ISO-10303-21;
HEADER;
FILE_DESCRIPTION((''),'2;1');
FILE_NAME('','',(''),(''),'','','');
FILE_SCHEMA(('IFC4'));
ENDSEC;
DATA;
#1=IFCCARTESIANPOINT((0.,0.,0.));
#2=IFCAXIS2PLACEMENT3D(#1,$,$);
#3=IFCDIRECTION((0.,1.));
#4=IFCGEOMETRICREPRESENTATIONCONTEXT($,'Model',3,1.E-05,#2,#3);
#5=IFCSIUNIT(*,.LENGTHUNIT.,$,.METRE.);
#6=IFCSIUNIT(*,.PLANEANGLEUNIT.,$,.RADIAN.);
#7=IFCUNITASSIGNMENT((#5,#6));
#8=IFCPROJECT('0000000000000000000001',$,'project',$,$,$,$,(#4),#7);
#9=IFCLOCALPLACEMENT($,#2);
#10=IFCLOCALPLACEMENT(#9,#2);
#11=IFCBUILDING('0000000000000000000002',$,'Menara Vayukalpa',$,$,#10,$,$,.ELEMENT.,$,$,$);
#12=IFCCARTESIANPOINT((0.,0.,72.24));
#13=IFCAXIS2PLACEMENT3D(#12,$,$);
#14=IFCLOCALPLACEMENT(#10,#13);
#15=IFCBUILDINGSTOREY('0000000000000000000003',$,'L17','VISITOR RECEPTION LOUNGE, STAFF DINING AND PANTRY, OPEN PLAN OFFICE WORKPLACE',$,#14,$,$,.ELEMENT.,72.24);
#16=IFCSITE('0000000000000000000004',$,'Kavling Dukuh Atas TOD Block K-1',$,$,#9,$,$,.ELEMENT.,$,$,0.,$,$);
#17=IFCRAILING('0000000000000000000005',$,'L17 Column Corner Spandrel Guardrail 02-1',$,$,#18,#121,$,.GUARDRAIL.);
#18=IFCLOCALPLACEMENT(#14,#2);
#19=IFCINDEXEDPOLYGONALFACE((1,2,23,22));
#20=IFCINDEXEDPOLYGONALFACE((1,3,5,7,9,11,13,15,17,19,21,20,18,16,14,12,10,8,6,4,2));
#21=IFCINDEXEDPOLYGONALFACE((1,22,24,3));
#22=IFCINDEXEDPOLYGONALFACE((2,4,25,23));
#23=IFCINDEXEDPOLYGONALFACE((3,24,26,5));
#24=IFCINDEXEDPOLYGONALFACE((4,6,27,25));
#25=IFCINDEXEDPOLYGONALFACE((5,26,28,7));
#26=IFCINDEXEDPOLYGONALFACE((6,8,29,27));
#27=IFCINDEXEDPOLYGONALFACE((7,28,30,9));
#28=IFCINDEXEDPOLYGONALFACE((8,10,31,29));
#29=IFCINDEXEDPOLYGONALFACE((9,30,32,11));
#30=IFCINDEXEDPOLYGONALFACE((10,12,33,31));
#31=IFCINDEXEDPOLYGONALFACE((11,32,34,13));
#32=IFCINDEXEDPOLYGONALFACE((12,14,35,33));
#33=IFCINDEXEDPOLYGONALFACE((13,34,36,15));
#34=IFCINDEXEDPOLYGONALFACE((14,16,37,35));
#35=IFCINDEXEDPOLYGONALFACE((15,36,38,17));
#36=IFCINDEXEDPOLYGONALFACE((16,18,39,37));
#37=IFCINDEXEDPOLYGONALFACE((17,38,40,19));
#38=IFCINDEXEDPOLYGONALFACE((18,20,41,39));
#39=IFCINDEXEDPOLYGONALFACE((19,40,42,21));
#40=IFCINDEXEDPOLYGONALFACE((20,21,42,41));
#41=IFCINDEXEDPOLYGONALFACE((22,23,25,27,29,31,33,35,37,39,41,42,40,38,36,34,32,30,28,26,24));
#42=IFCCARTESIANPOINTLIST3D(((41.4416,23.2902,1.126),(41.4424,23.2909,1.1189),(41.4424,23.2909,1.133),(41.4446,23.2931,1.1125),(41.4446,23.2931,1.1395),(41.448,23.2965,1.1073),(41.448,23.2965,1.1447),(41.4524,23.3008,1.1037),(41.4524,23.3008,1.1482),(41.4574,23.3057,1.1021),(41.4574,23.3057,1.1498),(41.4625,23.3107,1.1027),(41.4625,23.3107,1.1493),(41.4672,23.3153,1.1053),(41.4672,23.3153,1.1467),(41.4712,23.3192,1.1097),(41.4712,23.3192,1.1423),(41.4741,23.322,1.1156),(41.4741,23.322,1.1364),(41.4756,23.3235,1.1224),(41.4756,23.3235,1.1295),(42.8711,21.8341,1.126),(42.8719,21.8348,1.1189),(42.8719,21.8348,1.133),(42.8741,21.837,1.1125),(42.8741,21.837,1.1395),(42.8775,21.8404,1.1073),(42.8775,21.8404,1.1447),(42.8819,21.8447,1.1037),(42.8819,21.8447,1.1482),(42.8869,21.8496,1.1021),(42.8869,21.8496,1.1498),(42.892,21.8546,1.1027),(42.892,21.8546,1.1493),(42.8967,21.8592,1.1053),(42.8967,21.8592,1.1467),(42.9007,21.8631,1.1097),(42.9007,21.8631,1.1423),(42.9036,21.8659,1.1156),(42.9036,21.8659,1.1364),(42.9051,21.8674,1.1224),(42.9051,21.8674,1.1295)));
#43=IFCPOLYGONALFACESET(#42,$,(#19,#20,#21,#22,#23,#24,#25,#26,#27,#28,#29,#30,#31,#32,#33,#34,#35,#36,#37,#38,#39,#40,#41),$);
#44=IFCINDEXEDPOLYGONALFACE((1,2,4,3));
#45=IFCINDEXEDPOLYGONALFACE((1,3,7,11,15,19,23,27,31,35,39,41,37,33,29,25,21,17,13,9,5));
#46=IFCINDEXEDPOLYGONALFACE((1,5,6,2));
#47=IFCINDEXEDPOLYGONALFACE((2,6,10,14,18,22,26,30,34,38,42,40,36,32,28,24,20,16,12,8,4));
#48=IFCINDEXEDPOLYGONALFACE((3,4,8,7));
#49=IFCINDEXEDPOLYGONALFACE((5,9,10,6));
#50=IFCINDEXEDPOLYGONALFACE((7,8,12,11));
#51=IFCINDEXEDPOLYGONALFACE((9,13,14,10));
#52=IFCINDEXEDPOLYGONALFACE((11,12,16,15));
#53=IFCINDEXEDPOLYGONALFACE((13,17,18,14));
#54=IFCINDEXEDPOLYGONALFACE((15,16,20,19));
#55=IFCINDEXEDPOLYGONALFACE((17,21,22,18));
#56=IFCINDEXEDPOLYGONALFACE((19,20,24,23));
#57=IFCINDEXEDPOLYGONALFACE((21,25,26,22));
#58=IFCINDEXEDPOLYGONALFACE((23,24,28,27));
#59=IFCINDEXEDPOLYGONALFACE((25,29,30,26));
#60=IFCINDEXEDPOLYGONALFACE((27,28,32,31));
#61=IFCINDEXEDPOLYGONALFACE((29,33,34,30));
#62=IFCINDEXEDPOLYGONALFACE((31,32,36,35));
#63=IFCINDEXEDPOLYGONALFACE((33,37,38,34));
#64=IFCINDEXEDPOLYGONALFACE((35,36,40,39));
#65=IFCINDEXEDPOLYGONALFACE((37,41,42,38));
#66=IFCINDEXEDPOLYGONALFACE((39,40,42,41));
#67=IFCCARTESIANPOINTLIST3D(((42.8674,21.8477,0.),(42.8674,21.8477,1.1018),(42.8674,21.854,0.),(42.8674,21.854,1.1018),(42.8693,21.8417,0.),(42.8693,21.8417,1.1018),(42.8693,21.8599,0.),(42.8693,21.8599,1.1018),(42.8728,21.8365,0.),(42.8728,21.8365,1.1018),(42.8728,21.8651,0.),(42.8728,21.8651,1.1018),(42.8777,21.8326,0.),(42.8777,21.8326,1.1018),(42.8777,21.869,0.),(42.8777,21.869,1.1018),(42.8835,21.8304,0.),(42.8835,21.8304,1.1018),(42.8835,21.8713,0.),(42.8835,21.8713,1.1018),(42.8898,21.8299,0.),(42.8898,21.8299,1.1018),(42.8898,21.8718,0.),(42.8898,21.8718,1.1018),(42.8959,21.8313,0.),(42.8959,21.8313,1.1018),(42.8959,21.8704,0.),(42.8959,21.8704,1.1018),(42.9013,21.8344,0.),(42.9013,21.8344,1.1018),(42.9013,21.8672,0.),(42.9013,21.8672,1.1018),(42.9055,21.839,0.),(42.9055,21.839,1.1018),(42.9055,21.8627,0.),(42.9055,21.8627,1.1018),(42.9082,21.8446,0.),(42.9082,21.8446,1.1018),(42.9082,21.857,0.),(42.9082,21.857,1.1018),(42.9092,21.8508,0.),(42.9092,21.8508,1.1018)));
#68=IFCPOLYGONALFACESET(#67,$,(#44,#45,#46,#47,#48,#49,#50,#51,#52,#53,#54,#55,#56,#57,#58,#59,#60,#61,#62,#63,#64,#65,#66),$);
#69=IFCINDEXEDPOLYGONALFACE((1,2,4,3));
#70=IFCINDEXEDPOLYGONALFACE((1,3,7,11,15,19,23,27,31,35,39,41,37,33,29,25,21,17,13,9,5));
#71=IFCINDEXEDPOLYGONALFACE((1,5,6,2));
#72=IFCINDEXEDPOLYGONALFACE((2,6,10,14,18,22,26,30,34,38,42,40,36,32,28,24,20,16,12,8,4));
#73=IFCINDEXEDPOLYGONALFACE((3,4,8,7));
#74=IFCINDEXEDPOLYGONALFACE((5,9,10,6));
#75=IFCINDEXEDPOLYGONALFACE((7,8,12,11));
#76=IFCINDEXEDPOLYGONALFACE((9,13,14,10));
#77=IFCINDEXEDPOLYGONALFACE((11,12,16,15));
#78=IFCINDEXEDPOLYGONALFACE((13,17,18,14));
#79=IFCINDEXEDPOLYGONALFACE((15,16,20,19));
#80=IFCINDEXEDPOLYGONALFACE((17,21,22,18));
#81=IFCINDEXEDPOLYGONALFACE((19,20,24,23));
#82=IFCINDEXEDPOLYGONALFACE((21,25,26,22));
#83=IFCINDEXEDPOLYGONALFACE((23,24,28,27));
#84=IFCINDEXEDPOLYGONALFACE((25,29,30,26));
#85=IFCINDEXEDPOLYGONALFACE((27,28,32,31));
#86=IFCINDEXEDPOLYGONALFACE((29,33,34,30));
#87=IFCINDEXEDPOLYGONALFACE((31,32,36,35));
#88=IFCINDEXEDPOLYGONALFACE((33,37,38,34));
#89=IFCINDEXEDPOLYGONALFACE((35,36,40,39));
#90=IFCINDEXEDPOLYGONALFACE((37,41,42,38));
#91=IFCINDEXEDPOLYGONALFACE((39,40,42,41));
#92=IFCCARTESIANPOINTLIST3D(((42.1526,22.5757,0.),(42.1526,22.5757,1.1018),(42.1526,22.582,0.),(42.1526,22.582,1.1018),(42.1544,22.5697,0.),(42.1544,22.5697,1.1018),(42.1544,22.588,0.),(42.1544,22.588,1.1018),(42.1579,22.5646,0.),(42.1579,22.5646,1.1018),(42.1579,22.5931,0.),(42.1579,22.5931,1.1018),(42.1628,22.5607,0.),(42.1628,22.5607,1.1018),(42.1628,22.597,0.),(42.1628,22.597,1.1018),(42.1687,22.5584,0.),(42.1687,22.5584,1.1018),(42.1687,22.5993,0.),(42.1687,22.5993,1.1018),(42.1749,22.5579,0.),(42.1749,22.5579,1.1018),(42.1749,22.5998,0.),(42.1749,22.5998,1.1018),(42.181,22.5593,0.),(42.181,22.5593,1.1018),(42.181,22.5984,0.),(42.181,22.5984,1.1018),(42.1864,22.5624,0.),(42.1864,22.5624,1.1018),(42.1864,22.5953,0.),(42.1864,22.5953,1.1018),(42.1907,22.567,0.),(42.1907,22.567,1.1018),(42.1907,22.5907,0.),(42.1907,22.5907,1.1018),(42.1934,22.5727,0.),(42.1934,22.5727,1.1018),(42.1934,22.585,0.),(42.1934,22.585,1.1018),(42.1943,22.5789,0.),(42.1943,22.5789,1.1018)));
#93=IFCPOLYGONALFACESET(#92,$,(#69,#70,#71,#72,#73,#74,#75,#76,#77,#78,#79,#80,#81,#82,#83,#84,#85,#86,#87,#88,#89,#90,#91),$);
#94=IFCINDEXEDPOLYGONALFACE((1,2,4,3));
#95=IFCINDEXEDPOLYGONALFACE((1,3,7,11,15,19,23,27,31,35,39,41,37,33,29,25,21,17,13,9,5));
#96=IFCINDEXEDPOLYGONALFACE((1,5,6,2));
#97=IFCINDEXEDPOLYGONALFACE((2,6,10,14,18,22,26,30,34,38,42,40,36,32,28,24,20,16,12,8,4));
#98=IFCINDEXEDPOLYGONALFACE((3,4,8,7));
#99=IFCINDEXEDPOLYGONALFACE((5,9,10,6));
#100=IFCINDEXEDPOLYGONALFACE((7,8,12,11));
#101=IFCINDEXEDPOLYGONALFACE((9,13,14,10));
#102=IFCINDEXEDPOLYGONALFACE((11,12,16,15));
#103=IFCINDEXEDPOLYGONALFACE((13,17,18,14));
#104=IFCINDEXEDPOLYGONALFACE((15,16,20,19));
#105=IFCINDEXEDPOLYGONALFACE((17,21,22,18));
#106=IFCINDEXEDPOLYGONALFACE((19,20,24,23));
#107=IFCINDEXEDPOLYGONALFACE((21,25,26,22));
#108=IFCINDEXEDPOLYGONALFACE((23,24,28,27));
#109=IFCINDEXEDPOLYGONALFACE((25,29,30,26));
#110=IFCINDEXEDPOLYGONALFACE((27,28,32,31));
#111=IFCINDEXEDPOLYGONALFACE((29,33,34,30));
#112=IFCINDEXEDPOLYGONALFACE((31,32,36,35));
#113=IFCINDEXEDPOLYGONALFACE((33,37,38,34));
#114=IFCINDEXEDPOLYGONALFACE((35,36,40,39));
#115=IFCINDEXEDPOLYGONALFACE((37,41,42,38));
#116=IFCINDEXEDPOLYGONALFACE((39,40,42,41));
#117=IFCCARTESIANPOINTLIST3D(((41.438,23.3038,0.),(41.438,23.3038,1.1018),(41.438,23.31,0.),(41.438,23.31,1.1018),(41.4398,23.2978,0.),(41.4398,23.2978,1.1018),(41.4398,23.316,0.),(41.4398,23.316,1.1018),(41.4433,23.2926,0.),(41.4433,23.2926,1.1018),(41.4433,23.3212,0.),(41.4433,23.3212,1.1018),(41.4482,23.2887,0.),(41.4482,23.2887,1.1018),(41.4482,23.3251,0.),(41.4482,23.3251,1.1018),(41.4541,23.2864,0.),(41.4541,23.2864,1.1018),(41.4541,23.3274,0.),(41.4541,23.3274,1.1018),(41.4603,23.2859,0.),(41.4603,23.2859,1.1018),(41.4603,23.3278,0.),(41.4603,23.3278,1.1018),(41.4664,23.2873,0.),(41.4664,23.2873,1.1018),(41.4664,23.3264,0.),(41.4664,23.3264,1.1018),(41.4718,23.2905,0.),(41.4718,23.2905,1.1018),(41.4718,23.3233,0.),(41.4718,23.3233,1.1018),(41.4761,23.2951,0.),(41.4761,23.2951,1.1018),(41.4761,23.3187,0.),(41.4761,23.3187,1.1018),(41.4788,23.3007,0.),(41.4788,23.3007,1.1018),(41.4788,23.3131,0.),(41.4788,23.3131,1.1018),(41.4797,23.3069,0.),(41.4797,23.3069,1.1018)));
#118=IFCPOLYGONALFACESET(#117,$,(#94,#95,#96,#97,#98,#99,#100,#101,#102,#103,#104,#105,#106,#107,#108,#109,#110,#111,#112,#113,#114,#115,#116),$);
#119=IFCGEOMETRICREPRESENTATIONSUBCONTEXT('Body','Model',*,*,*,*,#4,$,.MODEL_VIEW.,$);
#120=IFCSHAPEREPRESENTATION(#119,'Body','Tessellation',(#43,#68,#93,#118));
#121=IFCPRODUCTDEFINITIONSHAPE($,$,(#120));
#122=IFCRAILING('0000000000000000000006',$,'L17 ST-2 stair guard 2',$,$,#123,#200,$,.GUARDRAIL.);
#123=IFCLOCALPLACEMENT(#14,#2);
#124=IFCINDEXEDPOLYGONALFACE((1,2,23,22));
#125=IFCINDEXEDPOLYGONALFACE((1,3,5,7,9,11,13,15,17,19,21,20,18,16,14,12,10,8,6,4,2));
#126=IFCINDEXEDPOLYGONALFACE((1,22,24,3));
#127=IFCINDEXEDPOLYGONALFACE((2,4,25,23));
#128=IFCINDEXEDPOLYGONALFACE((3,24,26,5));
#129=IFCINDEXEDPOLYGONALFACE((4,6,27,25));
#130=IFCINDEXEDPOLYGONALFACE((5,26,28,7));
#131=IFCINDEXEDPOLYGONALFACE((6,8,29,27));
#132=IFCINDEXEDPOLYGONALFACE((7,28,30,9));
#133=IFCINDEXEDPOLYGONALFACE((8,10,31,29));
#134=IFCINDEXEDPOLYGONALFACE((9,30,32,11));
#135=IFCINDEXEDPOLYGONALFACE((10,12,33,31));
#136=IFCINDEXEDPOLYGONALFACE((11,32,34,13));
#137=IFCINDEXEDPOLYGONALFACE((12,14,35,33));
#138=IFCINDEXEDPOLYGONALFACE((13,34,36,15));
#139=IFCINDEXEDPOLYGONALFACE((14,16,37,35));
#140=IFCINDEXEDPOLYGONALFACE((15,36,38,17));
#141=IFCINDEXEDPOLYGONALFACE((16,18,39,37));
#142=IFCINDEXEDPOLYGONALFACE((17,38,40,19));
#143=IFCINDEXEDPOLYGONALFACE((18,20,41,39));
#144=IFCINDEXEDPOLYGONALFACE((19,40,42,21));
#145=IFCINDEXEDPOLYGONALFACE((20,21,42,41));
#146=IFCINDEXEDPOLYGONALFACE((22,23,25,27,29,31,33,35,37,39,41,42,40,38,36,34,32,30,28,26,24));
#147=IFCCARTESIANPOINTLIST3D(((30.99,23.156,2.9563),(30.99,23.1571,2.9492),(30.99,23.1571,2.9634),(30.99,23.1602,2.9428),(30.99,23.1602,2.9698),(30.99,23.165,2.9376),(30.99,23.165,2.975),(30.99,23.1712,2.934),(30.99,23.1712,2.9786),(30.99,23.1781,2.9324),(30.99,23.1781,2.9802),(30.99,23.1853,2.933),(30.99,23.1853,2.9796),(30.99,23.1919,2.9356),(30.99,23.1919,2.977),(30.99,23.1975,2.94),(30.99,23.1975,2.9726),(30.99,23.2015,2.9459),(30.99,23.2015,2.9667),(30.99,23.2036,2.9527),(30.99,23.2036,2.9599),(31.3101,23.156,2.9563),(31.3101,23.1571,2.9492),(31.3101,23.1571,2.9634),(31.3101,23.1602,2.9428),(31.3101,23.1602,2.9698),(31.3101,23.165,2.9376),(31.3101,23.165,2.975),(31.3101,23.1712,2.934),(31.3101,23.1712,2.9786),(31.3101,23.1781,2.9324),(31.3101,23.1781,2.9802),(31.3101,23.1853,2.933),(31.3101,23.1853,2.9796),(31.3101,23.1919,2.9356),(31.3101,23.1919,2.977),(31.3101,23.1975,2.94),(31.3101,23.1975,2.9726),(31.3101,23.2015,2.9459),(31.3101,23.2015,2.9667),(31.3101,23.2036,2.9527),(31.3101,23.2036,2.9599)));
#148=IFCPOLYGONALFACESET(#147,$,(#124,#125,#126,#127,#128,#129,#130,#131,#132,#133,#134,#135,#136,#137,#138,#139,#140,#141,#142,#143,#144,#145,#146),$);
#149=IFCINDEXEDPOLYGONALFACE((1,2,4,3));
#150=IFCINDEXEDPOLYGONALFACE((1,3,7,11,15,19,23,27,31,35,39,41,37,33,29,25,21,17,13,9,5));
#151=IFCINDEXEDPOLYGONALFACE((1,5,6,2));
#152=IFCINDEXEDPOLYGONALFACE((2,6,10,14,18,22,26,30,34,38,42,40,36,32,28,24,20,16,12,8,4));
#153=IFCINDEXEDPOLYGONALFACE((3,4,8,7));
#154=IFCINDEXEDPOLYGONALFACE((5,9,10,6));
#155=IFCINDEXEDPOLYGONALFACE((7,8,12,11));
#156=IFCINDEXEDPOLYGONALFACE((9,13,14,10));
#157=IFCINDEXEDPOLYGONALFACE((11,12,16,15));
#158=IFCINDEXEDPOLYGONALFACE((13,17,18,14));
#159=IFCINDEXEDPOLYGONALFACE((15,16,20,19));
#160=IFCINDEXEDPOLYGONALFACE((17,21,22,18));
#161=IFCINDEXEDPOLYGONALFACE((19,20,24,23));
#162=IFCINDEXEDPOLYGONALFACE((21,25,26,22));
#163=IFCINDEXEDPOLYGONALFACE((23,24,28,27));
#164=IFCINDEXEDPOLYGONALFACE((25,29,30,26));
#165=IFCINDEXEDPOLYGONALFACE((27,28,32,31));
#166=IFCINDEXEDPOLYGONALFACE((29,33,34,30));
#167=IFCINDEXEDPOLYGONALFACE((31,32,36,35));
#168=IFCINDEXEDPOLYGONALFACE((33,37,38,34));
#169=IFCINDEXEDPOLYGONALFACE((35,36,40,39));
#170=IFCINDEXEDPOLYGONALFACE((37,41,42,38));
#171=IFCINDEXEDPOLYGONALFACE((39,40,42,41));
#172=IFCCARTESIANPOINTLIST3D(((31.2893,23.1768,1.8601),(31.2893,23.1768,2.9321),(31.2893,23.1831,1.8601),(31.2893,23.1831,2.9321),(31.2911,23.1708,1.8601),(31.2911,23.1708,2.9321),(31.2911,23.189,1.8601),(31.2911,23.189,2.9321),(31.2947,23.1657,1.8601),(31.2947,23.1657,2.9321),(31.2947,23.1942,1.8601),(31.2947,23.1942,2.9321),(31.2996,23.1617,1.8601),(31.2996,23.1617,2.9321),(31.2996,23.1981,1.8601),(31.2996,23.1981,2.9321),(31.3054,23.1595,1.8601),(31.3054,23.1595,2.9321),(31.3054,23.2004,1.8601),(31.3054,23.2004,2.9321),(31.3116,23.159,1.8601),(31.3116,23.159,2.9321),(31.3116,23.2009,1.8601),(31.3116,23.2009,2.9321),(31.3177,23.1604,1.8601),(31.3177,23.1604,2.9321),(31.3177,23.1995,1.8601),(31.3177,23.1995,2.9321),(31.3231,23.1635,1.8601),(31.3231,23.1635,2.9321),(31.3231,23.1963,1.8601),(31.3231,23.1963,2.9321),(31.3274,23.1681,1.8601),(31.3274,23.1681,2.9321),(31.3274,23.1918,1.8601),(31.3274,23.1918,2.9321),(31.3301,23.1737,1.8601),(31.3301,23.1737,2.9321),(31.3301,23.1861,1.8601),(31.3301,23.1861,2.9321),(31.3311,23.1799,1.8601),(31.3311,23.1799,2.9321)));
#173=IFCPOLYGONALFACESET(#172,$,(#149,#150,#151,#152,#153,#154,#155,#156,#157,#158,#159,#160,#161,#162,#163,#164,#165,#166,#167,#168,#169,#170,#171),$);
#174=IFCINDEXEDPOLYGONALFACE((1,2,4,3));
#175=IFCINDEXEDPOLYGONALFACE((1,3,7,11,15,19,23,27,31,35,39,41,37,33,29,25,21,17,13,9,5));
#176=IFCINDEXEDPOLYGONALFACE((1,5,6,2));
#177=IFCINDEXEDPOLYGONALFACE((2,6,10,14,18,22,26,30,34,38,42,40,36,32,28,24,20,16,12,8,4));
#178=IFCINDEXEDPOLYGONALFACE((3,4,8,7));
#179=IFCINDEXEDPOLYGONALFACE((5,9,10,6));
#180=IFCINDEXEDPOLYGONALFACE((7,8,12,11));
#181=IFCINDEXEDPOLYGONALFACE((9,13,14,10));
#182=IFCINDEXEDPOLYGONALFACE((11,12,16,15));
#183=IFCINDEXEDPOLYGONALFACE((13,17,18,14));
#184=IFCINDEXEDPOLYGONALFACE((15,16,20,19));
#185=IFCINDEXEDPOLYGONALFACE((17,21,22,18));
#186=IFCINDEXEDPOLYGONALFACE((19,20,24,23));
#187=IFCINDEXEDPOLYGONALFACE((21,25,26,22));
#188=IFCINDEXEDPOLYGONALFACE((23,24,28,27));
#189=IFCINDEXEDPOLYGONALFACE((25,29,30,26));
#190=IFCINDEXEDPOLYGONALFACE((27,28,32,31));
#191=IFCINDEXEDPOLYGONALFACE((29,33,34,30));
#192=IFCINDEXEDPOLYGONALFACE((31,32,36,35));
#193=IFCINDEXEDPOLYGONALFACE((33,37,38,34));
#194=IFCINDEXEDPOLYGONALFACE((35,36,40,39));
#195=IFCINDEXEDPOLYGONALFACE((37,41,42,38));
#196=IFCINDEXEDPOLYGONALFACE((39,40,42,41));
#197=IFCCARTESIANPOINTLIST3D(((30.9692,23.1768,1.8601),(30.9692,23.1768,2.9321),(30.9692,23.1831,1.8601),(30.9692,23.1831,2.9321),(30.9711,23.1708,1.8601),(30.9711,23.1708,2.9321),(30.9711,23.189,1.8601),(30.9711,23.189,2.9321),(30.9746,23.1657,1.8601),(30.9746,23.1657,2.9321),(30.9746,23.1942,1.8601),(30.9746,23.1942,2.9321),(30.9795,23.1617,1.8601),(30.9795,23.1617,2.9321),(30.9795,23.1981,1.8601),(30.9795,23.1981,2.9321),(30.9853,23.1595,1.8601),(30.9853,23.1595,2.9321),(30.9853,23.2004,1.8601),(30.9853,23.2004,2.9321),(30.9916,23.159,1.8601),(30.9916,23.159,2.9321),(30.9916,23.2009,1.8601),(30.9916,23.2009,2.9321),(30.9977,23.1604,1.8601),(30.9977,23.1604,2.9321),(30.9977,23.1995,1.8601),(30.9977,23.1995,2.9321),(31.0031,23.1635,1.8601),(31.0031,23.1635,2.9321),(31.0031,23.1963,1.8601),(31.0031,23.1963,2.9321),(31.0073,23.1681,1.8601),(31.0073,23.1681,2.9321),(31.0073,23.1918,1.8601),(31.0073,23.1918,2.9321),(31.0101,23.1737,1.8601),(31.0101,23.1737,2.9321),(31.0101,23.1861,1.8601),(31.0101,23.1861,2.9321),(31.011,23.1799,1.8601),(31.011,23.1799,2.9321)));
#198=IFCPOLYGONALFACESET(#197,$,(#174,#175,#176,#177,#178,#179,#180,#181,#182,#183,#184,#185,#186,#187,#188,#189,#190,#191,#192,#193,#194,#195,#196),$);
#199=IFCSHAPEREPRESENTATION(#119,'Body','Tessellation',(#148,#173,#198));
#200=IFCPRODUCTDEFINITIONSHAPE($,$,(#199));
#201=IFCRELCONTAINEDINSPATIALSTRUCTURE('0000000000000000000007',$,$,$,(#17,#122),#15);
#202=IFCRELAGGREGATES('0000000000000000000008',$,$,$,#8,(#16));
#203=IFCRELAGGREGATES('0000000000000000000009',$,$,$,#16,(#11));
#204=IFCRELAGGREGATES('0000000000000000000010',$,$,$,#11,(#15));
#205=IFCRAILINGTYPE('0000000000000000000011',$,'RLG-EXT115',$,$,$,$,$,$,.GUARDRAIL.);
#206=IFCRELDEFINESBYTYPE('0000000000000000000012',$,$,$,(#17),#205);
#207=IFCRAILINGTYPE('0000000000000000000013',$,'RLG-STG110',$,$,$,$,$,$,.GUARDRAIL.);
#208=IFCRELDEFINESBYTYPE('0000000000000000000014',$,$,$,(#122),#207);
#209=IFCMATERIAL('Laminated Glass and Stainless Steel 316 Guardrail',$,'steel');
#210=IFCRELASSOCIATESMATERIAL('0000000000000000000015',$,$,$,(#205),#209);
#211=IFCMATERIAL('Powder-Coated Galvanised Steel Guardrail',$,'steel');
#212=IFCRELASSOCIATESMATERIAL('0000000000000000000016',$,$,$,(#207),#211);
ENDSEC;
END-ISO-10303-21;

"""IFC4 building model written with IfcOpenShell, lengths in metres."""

from ifc_helpers import new_model, si_unit, direction, frame, origin, origin_2d, place, context, subcontext, project, spatial, circle, extrude, material, type_object, element, save


model = new_model("IFC4")

# Units and contexts
model_context = context("Model", 3, precision=1e-05, world=origin(), true_north=direction((0.0, 1.0)))
body_context = subcontext(model_context, "Body", "Model", "MODEL_VIEW")
ifc_project = project(units=[si_unit("LENGTHUNIT", "METRE"), si_unit("PLANEANGLEUNIT", "RADIAN")], contexts=[model_context])

# Site, building, storey
site_placement = place(None, origin())
site = spatial("IfcSite", under=ifc_project, at=site_placement, Name="Kavling Dukuh Atas TOD Block K-1", CompositionType="ELEMENT", RefElevation=0.0)
building_placement = place(site_placement, origin())
building = spatial("IfcBuilding", under=site, at=building_placement, Name="Menara Vayukalpa", CompositionType="ELEMENT")
storey_placement = place(building_placement, frame((0.0, 0.0, 72.24)))
storey = spatial("IfcBuildingStorey", under=building, at=storey_placement, Name="L17", Description="VISITOR RECEPTION LOUNGE, STAFF DINING AND PANTRY, OPEN PLAN OFFICE WORKPLACE", CompositionType="ELEMENT", Elevation=72.24)

# Railings
ifc_material_1 = material(Name="Laminated Glass and Stainless Steel 316 Guardrail", Category="steel")
railing_type_1 = type_object("IfcRailingType", Name="RLG-EXT115", PredefinedType="GUARDRAIL", material=ifc_material_1)
railing_1_placement = place(storey_placement, frame((42.8882, 21.8508, 0.0)))
element("IfcRailing", 1, at=railing_1_placement, inside=storey, type_object=railing_type_1, Name="L17 Column Corner Spandrel Guardrail 02-1", PredefinedType="GUARDRAIL", context=body_context, shape_type="SweptSolid", body=[
    extrude(circle(Radius=0.0239, at=origin_2d()), frame((0.0, 0.0, 1.126), z_axis=(-0.700556, 0.713598, 0.0), x_axis=(-0.713598, -0.700556, 0.0)), (0.0, 0.0, 1.0), 2.0405),
    extrude(circle(Radius=0.021, at=origin_2d()), origin(), (0.0, 0.0, 1.0), 1.1018),
    extrude(circle(Radius=0.021, at=origin_2d()), frame((-0.7148, 0.728, 0.0)), (0.0, 0.0, 1.0), 1.1018),
    extrude(circle(Radius=0.021, at=origin_2d()), frame((-1.4294, 1.4561, 0.0)), (0.0, 0.0, 1.0), 1.1018),
])
ifc_material_2 = material(Name="Powder-Coated Galvanised Steel Guardrail", Category="steel")
railing_type_2 = type_object("IfcRailingType", Name="RLG-STG110", PredefinedType="GUARDRAIL", material=ifc_material_2)
railing_2_placement = place(storey_placement, frame((31.3101, 23.1799, 1.8601)))
element("IfcRailing", 2, at=railing_2_placement, inside=storey, type_object=railing_type_2, Name="L17 ST-2 stair guard 2", PredefinedType="GUARDRAIL", context=body_context, shape_type="SweptSolid", body=[
    extrude(circle(Radius=0.0239, at=origin_2d()), frame((0.0, 0.0, 1.0962), z_axis=(-1.0, 0.0, 0.0), x_axis=(0.0, -1.0, 0.0)), (0.0, 0.0, 1.0), 0.3201),
    extrude(circle(Radius=0.021, at=origin_2d()), origin(), (0.0, 0.0, 1.0), 1.072),
    extrude(circle(Radius=0.021, at=origin_2d()), frame((-0.3201, 0.0, 0.0)), (0.0, 0.0, 1.0), 1.072),
])

save(model, "model.ifc")
